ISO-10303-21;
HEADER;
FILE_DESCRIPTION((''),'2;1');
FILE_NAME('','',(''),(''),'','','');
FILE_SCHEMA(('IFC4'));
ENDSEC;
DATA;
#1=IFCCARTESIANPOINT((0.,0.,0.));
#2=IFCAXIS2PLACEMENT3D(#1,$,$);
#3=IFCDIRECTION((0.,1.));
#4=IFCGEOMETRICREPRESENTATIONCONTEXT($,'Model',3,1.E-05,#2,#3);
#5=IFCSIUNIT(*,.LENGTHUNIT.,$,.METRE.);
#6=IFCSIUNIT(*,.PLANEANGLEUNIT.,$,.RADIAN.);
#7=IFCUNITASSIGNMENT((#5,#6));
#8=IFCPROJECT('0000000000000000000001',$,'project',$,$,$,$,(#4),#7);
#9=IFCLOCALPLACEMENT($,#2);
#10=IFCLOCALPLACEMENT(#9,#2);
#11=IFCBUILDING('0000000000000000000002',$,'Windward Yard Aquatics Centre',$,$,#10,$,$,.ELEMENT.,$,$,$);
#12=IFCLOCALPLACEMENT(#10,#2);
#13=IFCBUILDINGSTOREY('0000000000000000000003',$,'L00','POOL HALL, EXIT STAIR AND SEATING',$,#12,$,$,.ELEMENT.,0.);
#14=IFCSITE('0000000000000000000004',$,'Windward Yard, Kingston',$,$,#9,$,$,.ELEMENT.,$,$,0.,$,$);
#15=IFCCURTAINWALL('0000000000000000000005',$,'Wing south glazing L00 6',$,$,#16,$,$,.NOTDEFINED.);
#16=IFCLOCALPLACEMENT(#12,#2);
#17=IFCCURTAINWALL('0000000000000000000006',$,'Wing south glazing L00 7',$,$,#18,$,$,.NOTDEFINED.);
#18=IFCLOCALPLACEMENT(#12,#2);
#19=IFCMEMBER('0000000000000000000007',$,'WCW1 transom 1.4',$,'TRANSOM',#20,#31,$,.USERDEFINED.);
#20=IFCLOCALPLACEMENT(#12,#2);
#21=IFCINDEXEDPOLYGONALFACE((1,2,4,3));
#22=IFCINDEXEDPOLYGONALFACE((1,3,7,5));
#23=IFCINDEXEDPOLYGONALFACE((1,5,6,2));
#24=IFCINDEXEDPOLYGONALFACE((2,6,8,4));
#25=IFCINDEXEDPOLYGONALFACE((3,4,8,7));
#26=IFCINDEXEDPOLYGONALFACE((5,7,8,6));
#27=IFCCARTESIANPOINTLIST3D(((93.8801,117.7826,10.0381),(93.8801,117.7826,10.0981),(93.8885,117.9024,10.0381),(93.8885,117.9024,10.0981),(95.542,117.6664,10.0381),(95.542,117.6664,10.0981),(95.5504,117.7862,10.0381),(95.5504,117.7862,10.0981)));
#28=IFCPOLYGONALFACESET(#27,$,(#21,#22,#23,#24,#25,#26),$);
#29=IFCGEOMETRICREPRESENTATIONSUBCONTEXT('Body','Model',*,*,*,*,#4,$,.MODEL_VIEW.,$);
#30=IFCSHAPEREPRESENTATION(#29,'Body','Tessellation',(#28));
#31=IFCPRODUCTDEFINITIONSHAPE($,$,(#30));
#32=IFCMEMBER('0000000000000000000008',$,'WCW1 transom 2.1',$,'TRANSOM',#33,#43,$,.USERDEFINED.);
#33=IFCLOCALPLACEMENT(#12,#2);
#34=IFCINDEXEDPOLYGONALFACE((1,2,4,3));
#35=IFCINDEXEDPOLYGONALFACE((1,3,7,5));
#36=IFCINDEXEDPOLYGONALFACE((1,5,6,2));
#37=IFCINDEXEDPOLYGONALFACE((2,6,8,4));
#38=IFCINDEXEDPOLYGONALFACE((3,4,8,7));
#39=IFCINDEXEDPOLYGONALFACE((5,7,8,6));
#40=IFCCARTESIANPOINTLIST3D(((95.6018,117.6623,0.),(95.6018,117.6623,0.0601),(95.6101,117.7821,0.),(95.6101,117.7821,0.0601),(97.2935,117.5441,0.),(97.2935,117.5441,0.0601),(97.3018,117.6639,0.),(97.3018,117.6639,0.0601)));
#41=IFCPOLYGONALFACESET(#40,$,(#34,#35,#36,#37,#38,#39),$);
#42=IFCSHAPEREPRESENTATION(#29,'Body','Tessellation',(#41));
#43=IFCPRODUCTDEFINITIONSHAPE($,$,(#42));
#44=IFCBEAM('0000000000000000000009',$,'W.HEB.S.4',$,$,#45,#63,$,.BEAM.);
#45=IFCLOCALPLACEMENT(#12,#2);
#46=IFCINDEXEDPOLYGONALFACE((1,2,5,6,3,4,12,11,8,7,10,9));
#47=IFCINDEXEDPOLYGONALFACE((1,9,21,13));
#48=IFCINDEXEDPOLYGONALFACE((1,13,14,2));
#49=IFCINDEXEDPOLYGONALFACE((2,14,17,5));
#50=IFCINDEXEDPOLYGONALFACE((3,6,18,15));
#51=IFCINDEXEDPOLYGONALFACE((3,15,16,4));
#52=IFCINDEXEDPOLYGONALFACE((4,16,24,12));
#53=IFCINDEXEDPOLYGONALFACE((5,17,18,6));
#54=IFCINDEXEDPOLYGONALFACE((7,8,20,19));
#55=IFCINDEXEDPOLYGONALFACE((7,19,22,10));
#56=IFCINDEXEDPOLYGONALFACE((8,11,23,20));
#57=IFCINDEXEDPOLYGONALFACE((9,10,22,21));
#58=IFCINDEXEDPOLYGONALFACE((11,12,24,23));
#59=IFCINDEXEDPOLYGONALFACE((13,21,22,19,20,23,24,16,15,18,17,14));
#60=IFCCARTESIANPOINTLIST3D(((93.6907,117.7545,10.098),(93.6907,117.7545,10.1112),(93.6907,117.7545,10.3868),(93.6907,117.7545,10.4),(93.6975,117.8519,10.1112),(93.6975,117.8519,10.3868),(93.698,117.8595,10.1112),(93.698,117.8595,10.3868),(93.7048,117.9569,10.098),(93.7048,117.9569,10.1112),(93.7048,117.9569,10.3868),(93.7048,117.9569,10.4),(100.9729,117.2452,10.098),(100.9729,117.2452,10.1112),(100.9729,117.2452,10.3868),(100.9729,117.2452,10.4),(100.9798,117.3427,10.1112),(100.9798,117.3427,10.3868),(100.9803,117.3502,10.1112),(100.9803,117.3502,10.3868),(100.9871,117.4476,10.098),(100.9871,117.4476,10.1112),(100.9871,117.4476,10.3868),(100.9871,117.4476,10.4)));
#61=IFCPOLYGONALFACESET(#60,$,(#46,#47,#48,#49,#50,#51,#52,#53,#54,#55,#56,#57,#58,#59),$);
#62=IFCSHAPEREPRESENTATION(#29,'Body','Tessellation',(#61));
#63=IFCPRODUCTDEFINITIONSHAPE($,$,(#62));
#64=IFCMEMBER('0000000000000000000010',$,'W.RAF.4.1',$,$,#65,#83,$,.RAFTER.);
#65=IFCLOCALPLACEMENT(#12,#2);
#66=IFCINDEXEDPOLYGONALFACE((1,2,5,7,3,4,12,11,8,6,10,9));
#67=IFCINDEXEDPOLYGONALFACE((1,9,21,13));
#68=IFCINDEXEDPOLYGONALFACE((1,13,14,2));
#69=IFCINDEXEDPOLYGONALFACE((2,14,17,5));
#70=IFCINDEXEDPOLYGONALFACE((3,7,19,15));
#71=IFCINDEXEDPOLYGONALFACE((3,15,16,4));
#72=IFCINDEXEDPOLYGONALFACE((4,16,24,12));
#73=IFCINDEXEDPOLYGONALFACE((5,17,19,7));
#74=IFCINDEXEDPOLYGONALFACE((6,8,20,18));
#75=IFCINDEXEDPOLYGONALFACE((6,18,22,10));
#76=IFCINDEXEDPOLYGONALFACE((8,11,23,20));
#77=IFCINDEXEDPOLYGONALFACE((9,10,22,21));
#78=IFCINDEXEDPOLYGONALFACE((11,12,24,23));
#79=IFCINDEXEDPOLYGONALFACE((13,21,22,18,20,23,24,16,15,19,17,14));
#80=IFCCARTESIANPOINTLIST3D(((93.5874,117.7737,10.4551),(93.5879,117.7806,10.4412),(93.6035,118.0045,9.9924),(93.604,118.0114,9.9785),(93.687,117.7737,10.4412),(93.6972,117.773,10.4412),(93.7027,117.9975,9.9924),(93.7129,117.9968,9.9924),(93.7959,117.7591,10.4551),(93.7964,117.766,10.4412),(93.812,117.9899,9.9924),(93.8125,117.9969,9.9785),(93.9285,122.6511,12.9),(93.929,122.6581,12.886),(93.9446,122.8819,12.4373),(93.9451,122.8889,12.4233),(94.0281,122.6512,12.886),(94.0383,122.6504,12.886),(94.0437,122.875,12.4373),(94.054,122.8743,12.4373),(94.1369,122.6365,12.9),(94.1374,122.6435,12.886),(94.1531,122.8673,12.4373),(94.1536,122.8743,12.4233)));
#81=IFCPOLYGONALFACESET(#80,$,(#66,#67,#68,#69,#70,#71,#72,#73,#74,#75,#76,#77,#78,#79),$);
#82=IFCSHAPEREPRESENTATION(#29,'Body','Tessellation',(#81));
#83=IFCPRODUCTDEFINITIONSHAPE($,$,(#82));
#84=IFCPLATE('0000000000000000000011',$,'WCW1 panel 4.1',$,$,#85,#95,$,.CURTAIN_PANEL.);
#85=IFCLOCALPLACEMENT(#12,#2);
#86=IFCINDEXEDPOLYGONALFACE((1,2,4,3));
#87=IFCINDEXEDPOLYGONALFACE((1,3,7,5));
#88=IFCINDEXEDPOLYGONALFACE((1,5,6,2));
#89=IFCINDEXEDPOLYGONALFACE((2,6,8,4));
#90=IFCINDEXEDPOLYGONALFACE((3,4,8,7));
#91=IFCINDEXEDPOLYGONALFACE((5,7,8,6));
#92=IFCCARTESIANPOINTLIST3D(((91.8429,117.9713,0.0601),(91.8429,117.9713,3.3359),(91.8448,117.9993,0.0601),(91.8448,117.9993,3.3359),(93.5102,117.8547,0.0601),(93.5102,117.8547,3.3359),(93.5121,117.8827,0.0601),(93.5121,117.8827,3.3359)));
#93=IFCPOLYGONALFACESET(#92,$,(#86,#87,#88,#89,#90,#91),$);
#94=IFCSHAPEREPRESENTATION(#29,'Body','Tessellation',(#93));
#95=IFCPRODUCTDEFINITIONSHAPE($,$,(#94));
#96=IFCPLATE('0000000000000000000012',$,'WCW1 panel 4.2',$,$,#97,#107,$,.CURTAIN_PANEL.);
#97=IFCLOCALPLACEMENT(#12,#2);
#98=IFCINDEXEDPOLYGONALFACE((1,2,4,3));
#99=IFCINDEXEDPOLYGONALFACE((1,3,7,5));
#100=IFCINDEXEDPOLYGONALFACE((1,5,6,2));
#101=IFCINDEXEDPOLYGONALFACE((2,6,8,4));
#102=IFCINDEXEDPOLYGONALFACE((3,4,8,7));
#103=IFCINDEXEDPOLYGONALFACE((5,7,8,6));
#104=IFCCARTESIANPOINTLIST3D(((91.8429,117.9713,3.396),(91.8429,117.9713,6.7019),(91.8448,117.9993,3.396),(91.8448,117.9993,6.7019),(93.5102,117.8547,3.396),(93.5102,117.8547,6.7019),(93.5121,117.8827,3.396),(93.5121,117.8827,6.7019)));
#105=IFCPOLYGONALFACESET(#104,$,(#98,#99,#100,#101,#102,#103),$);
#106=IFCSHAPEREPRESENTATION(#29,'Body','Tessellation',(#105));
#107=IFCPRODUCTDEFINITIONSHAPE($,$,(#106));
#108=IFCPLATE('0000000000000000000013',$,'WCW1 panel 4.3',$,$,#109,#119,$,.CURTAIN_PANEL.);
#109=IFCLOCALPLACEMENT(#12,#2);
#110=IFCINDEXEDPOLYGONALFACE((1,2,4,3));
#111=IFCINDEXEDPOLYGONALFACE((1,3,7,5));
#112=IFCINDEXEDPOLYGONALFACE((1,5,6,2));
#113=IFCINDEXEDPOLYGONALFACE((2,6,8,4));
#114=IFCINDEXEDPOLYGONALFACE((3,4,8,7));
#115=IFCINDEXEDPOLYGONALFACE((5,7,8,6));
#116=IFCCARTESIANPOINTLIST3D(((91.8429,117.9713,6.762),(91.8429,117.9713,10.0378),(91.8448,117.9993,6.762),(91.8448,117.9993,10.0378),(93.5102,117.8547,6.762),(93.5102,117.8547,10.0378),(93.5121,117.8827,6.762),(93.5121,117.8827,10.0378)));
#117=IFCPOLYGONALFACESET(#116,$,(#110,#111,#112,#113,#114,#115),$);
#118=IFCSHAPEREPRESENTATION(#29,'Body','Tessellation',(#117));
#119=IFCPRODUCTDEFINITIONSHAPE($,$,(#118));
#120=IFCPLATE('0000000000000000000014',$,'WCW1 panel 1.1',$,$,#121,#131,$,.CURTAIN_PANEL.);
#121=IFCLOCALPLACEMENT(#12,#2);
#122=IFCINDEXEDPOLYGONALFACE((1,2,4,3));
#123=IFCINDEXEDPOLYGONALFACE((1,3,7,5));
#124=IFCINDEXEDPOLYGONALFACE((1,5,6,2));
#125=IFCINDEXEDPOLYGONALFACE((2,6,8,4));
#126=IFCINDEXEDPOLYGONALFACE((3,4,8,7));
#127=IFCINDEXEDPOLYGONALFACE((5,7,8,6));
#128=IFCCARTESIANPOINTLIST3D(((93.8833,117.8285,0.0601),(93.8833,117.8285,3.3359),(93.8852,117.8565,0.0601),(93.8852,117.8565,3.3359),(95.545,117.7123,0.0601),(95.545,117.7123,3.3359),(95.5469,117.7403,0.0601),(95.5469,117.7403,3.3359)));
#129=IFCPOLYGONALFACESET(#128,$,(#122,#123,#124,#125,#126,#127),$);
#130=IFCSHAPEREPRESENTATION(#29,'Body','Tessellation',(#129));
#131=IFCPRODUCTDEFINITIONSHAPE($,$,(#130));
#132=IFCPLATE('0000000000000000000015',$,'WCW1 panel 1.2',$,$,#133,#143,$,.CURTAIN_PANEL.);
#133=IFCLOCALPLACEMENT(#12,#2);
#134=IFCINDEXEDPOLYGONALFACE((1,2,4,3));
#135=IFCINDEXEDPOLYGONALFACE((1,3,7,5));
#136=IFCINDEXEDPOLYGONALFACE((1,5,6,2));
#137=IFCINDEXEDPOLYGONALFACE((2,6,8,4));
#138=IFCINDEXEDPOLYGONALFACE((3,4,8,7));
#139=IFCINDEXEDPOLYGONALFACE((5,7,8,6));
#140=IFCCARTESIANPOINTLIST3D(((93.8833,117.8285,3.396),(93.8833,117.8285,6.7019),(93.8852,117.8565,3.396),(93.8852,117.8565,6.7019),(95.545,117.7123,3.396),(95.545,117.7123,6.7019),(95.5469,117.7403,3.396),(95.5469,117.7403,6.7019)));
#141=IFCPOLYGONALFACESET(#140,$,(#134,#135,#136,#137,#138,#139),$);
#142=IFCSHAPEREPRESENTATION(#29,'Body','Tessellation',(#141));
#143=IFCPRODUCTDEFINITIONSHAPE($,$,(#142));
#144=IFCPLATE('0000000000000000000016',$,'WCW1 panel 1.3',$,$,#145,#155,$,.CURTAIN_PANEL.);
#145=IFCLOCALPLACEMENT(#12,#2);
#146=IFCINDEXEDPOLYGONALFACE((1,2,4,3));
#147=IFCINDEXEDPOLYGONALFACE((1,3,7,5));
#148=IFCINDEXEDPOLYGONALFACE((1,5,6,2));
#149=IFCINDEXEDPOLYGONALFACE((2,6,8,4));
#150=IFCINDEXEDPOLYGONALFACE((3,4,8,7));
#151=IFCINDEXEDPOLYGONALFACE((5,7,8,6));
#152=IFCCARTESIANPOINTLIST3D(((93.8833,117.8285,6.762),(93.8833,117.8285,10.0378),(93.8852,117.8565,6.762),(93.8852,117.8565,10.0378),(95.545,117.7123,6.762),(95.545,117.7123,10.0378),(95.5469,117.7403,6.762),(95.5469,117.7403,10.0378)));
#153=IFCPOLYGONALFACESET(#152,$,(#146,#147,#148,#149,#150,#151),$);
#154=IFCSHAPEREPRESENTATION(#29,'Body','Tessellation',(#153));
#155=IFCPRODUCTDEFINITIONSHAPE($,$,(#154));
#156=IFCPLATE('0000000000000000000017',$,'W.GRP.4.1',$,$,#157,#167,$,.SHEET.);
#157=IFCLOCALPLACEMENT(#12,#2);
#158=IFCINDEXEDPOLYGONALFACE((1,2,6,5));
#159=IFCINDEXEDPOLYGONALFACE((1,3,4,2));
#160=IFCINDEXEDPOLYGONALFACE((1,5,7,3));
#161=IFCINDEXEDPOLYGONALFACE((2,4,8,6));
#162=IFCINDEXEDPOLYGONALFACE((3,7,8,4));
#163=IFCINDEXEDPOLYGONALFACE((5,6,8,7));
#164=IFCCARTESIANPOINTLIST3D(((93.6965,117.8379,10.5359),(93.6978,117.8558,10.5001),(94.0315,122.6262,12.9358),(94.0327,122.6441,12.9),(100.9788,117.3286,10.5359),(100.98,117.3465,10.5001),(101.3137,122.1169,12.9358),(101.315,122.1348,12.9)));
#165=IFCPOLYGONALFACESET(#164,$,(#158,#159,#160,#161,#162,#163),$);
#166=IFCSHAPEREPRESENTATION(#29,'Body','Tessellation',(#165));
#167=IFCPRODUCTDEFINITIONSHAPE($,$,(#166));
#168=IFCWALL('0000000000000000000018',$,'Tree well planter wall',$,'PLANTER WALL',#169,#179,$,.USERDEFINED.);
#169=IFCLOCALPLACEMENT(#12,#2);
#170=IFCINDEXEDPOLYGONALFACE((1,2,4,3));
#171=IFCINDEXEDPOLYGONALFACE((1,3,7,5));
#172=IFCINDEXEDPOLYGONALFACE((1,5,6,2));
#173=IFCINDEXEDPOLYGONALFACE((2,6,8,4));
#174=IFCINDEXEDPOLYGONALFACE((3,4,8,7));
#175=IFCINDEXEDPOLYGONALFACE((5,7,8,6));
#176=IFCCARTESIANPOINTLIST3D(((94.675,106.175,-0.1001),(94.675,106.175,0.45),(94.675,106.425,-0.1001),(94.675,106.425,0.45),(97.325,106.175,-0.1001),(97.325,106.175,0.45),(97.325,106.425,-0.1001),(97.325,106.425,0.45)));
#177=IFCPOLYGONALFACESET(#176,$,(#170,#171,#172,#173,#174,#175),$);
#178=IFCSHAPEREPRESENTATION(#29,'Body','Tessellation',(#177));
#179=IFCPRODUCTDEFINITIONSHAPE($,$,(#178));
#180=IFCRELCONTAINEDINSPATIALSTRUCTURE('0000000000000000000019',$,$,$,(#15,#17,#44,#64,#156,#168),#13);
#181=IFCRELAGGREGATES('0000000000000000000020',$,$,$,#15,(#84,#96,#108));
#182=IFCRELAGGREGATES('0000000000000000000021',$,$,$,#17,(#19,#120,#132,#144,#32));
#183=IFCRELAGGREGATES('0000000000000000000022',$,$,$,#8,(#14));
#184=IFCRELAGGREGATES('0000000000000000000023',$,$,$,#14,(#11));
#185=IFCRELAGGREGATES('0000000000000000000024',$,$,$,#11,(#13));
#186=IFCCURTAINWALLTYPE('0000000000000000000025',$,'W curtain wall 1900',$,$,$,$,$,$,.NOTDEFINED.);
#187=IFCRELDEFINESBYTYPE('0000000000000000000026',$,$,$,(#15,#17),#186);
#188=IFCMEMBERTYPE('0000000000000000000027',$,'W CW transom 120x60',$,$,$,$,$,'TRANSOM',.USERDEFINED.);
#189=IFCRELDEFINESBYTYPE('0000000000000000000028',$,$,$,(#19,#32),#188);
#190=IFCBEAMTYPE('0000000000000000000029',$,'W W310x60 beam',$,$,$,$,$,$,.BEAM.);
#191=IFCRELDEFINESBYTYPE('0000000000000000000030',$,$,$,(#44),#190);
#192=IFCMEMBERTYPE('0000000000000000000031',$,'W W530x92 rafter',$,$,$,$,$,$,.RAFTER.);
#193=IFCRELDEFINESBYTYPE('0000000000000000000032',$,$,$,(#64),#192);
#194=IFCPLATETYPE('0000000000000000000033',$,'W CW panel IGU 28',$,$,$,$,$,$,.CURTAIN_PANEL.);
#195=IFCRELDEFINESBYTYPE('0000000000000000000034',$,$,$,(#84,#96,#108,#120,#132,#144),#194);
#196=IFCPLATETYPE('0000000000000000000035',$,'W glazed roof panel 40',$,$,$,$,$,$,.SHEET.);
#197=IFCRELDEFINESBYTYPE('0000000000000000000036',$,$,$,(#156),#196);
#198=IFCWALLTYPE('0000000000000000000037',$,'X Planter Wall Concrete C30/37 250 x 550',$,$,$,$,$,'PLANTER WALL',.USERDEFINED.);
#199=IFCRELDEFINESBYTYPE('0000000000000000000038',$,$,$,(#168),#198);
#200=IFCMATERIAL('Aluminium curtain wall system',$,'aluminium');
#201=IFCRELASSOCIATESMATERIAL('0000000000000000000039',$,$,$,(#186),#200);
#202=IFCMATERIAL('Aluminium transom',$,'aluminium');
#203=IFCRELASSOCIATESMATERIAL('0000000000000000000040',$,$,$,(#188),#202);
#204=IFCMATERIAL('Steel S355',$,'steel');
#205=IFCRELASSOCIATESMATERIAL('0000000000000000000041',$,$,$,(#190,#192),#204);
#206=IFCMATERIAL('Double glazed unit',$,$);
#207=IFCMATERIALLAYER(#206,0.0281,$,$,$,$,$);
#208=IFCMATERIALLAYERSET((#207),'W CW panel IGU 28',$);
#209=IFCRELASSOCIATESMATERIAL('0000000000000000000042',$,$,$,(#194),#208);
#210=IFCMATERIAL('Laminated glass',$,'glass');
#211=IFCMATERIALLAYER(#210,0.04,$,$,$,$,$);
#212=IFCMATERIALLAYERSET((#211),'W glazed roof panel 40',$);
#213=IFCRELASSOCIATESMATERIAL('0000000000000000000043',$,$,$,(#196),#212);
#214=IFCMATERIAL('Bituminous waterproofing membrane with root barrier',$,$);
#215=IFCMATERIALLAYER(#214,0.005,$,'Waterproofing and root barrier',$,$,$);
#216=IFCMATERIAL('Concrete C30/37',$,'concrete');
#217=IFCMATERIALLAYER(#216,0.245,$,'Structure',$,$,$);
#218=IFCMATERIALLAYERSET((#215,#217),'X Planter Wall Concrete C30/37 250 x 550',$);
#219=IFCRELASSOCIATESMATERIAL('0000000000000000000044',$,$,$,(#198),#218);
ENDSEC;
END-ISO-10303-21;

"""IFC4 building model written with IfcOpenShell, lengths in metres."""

from ifc_helpers import new_model, si_unit, direction, frame, frame_2d, origin, origin_2d, place, context, subcontext, project, spatial, polyline, rectangle, i_section, outline, extrude, material, layer, layer_set, material_profile, profile_set, type_object, element, aggregate, save


model = new_model("IFC4")

# Units and contexts
model_context = context("Model", 3, precision=1e-05, world=origin(), true_north=direction((0.0, 1.0)))
body_context = subcontext(model_context, "Body", "Model", "MODEL_VIEW")
ifc_project = project(units=[si_unit("LENGTHUNIT", "METRE"), si_unit("PLANEANGLEUNIT", "RADIAN")], contexts=[model_context])

# Site, building, storey
site_placement = place(None, origin())
site = spatial("IfcSite", under=ifc_project, at=site_placement, Name="Windward Yard, Kingston", CompositionType="ELEMENT", RefElevation=0.0)
building_placement = place(site_placement, origin())
building = spatial("IfcBuilding", under=site, at=building_placement, Name="Windward Yard Aquatics Centre", CompositionType="ELEMENT")
storey_placement = place(building_placement, origin())
storey = spatial("IfcBuildingStorey", under=building, at=storey_placement, Name="L00", Description="POOL HALL, EXIT STAIR AND SEATING", CompositionType="ELEMENT", Elevation=0.0)

# Shared definitions
ifc_material_1 = material(Name="Steel S355", Category="steel")

# Curtain wall
ifc_material_2 = material(Name="Aluminium curtain wall system", Category="aluminium")
curtain_wall_type = type_object("IfcCurtainWallType", Name="W curtain wall 1900", PredefinedType="NOTDEFINED", material=ifc_material_2)
curtain_wall_1_placement = place(storey_placement, origin())
curtain_wall_1 = element("IfcCurtainWall", 1, at=curtain_wall_1_placement, inside=storey, type_object=curtain_wall_type, Name="Wing south glazing L00 6", PredefinedType="NOTDEFINED")

# Curtain wall, members
curtain_wall_2_placement = place(storey_placement, origin())
curtain_wall_2 = element("IfcCurtainWall", 2, at=curtain_wall_2_placement, inside=storey, type_object=curtain_wall_type, Name="Wing south glazing L00 7", PredefinedType="NOTDEFINED")
ifc_material_3 = material(Name="Aluminium transom", Category="aluminium")
ifc_material_profile_1 = material_profile(ifc_material_3, rectangle(XDim=0.1201, YDim=0.0601, at=origin_2d()), Name="AL 120x60")
ifc_profile_set_1 = profile_set([ifc_material_profile_1], Name="Aluminium transom")
member_type_1 = type_object("IfcMemberType", Name="W CW transom 120x60", ElementType="TRANSOM", PredefinedType="USERDEFINED", material=ifc_profile_set_1)
member_1_placement = place(storey_placement, frame((93.8843, 117.8425, 10.0681), z_axis=(0.997564, -0.069758, 0.0), x_axis=(0.069758, 0.997564, 0.0)))
member_1 = element("IfcMember", 3, at=member_1_placement, type_object=member_type_1, Name="WCW1 transom 1.4", ObjectType="TRANSOM", PredefinedType="USERDEFINED", context=body_context, shape_type="SweptSolid", body=[
    extrude(rectangle(XDim=0.1201, YDim=0.0601, at=origin_2d()), origin(), (0.0, 0.0, 1.0), 1.666),
])
member_2_placement = place(storey_placement, frame((95.606, 117.7222, 0.03), z_axis=(0.997569, -0.069682, 0.0), x_axis=(0.069682, 0.997569, 0.0)))
member_2 = element("IfcMember", 4, at=member_2_placement, type_object=member_type_1, Name="WCW1 transom 2.1", ObjectType="TRANSOM", PredefinedType="USERDEFINED", context=body_context, shape_type="SweptSolid", body=[
    extrude(rectangle(XDim=0.1201, YDim=0.0601, at=origin_2d()), origin(), (0.0, 0.0, 1.0), 1.6958),
])

# Beam
ifc_material_profile_2 = material_profile(ifc_material_1, i_section(OverallWidth=0.2029, OverallDepth=0.302, WebThickness=0.0076, FlangeThickness=0.0132, at=origin_2d()), Name="W310x60")
ifc_profile_set_2 = profile_set([ifc_material_profile_2], Name="Steel S355")
beam_type = type_object("IfcBeamType", Name="W W310x60 beam", PredefinedType="BEAM", material=ifc_profile_set_2)
beam_placement = place(storey_placement, frame((93.6978, 117.8557, 10.249), z_axis=(0.997564, -0.069764, 0.0), x_axis=(0.069764, 0.997564, 0.0)))
element("IfcBeam", 5, at=beam_placement, inside=storey, type_object=beam_type, Name="W.HEB.S.4", PredefinedType="BEAM", context=body_context, shape_type="SweptSolid", body=[
    extrude(i_section(OverallWidth=0.2029, OverallDepth=0.302, WebThickness=0.0076, FlangeThickness=0.0132, at=origin_2d()), origin(), (0.0, 0.0, 1.0), 7.3),
])

# Member
ifc_material_profile_3 = material_profile(ifc_material_1, i_section(OverallWidth=0.209, OverallDepth=0.533, WebThickness=0.0103, FlangeThickness=0.0156, at=origin_2d()), Name="W530x92")
ifc_profile_set_3 = profile_set([ifc_material_profile_3], Name="Steel S355")
member_type_2 = type_object("IfcMemberType", Name="W W530x92 rafter", PredefinedType="RAFTER", material=ifc_profile_set_3)
member_3_placement = place(storey_placement, frame((93.7, 117.8853, 10.2168), z_axis=(0.062391, 0.892238, 0.447235), x_axis=(-0.997564, 0.069757, 0.0)))
element("IfcMember", 6, at=member_3_placement, inside=storey, type_object=member_type_2, Name="W.RAF.4.1", PredefinedType="RAFTER", context=body_context, shape_type="SweptSolid", body=[
    extrude(i_section(OverallWidth=0.209, OverallDepth=0.533, WebThickness=0.0103, FlangeThickness=0.0156, at=origin_2d()), origin(), (0.0, 0.0, 1.0), 5.4666),
])

# Plates
ifc_material_4 = material(Name="Double glazed unit")
ifc_layer_1 = layer(ifc_material_4, 0.0281)
ifc_layer_set_1 = layer_set([ifc_layer_1], Name="W CW panel IGU 28")
plate_type_1 = type_object("IfcPlateType", Name="W CW panel IGU 28", PredefinedType="CURTAIN_PANEL", material=ifc_layer_set_1)
plate_1_placement = place(storey_placement, frame((92.6775, 117.927, 0.0601), z_axis=(0.0, 0.0, 1.0), x_axis=(0.997564, -0.069756, 0.0)))
plate_1 = element("IfcPlate", 7, at=plate_1_placement, type_object=plate_type_1, Name="WCW1 panel 4.1", PredefinedType="CURTAIN_PANEL", context=body_context, shape_type="SweptSolid", body=[
    extrude(rectangle(XDim=1.6714, YDim=0.0281, at=origin_2d()), origin(), (0.0, 0.0, 1.0), 3.2759),
])
plate_2_placement = place(storey_placement, frame((92.6775, 117.927, 3.396), z_axis=(0.0, 0.0, 1.0), x_axis=(0.997564, -0.069756, 0.0)))
plate_2 = element("IfcPlate", 8, at=plate_2_placement, type_object=plate_type_1, Name="WCW1 panel 4.2", PredefinedType="CURTAIN_PANEL", context=body_context, shape_type="SweptSolid", body=[
    extrude(rectangle(XDim=1.6714, YDim=0.0281, at=origin_2d()), origin(), (0.0, 0.0, 1.0), 3.3059),
])
plate_3_placement = place(storey_placement, frame((92.6775, 117.927, 6.762), z_axis=(0.0, 0.0, 1.0), x_axis=(0.997564, -0.069756, 0.0)))
plate_3 = element("IfcPlate", 9, at=plate_3_placement, type_object=plate_type_1, Name="WCW1 panel 4.3", PredefinedType="CURTAIN_PANEL", context=body_context, shape_type="SweptSolid", body=[
    extrude(rectangle(XDim=1.6714, YDim=0.0281, at=origin_2d()), origin(), (0.0, 0.0, 1.0), 3.2759),
])
aggregate(curtain_wall_1, [plate_1, plate_2, plate_3])
plate_4_placement = place(storey_placement, frame((94.7151, 117.7844, 0.0601), z_axis=(0.0, 0.0, 1.0), x_axis=(0.997564, -0.069756, 0.0)))
plate_4 = element("IfcPlate", 10, at=plate_4_placement, type_object=plate_type_1, Name="WCW1 panel 1.1", PredefinedType="CURTAIN_PANEL", context=body_context, shape_type="SweptSolid", body=[
    extrude(rectangle(XDim=1.6658, YDim=0.0281, at=origin_2d()), origin(), (0.0, 0.0, 1.0), 3.2759),
])
plate_5_placement = place(storey_placement, frame((94.7151, 117.7844, 3.396), z_axis=(0.0, 0.0, 1.0), x_axis=(0.997564, -0.069756, 0.0)))
plate_5 = element("IfcPlate", 11, at=plate_5_placement, type_object=plate_type_1, Name="WCW1 panel 1.2", PredefinedType="CURTAIN_PANEL", context=body_context, shape_type="SweptSolid", body=[
    extrude(rectangle(XDim=1.6658, YDim=0.0281, at=origin_2d()), origin(), (0.0, 0.0, 1.0), 3.3059),
])
plate_6_placement = place(storey_placement, frame((94.7151, 117.7844, 6.762), z_axis=(0.0, 0.0, 1.0), x_axis=(0.997564, -0.069756, 0.0)))
plate_6 = element("IfcPlate", 12, at=plate_6_placement, type_object=plate_type_1, Name="WCW1 panel 1.3", PredefinedType="CURTAIN_PANEL", context=body_context, shape_type="SweptSolid", body=[
    extrude(rectangle(XDim=1.6658, YDim=0.0281, at=origin_2d()), origin(), (0.0, 0.0, 1.0), 3.2759),
])
aggregate(curtain_wall_2, [member_1, plate_4, plate_5, plate_6, member_2])
ifc_material_5 = material(Name="Laminated glass", Category="glass")
ifc_layer_2 = layer(ifc_material_5, 0.04)
ifc_layer_set_2 = layer_set([ifc_layer_2], Name="W glazed roof panel 40")
plate_type_2 = type_object("IfcPlateType", Name="W glazed roof panel 40", PredefinedType="SHEET", material=ifc_layer_set_2)
plate_7_placement = place(storey_placement, frame((93.6965, 117.8379, 10.5359), z_axis=(-0.031198, -0.446107, 0.894436), x_axis=(0.997564, -0.069764, 0.0)))
element("IfcPlate", 13, at=plate_7_placement, inside=storey, type_object=plate_type_2, Name="W.GRP.4.1", PredefinedType="SHEET", context=body_context, shape_type="SweptSolid", body=[
    extrude(outline(polyline([(0.0, 0.0), (7.3, 0.0), (7.3001, 5.3665), (0.0001, 5.3665), (0.0, 0.0)])), origin(), (0.0, 0.0, -1.0), 0.04),
])

# Wall
ifc_material_6 = material(Name="Bituminous waterproofing membrane with root barrier")
ifc_layer_3 = layer(ifc_material_6, 0.005, Name="Waterproofing and root barrier")
ifc_material_7 = material(Name="Concrete C30/37", Category="concrete")
ifc_layer_4 = layer(ifc_material_7, 0.245, Name="Structure")
ifc_layer_set_3 = layer_set([ifc_layer_3, ifc_layer_4], Name="X Planter Wall Concrete C30/37 250 x 550")
wall_type = type_object("IfcWallType", Name="X Planter Wall Concrete C30/37 250 x 550", ElementType="PLANTER WALL", PredefinedType="USERDEFINED", material=ifc_layer_set_3)
for number, where, z_axis, x_axis, name in (
    (14, (94.675, 106.3, -0.1001), (0.0, 0.0, 1.0), (1.0, 0.0, 0.0), "Tree well planter wall"),
):
    element("IfcWall", number, at=place(storey_placement, frame(where, z_axis=z_axis, x_axis=x_axis)), inside=storey, type_object=wall_type, Name=name, ObjectType="PLANTER WALL", PredefinedType="USERDEFINED", context=body_context, shape_type="SweptSolid", body=[
        extrude(rectangle(XDim=2.6499, YDim=0.25, at=frame_2d((1.325, 0.0))), origin(), (0.0, 0.0, 1.0), 0.55),
    ])

save(model, "model.ifc")
